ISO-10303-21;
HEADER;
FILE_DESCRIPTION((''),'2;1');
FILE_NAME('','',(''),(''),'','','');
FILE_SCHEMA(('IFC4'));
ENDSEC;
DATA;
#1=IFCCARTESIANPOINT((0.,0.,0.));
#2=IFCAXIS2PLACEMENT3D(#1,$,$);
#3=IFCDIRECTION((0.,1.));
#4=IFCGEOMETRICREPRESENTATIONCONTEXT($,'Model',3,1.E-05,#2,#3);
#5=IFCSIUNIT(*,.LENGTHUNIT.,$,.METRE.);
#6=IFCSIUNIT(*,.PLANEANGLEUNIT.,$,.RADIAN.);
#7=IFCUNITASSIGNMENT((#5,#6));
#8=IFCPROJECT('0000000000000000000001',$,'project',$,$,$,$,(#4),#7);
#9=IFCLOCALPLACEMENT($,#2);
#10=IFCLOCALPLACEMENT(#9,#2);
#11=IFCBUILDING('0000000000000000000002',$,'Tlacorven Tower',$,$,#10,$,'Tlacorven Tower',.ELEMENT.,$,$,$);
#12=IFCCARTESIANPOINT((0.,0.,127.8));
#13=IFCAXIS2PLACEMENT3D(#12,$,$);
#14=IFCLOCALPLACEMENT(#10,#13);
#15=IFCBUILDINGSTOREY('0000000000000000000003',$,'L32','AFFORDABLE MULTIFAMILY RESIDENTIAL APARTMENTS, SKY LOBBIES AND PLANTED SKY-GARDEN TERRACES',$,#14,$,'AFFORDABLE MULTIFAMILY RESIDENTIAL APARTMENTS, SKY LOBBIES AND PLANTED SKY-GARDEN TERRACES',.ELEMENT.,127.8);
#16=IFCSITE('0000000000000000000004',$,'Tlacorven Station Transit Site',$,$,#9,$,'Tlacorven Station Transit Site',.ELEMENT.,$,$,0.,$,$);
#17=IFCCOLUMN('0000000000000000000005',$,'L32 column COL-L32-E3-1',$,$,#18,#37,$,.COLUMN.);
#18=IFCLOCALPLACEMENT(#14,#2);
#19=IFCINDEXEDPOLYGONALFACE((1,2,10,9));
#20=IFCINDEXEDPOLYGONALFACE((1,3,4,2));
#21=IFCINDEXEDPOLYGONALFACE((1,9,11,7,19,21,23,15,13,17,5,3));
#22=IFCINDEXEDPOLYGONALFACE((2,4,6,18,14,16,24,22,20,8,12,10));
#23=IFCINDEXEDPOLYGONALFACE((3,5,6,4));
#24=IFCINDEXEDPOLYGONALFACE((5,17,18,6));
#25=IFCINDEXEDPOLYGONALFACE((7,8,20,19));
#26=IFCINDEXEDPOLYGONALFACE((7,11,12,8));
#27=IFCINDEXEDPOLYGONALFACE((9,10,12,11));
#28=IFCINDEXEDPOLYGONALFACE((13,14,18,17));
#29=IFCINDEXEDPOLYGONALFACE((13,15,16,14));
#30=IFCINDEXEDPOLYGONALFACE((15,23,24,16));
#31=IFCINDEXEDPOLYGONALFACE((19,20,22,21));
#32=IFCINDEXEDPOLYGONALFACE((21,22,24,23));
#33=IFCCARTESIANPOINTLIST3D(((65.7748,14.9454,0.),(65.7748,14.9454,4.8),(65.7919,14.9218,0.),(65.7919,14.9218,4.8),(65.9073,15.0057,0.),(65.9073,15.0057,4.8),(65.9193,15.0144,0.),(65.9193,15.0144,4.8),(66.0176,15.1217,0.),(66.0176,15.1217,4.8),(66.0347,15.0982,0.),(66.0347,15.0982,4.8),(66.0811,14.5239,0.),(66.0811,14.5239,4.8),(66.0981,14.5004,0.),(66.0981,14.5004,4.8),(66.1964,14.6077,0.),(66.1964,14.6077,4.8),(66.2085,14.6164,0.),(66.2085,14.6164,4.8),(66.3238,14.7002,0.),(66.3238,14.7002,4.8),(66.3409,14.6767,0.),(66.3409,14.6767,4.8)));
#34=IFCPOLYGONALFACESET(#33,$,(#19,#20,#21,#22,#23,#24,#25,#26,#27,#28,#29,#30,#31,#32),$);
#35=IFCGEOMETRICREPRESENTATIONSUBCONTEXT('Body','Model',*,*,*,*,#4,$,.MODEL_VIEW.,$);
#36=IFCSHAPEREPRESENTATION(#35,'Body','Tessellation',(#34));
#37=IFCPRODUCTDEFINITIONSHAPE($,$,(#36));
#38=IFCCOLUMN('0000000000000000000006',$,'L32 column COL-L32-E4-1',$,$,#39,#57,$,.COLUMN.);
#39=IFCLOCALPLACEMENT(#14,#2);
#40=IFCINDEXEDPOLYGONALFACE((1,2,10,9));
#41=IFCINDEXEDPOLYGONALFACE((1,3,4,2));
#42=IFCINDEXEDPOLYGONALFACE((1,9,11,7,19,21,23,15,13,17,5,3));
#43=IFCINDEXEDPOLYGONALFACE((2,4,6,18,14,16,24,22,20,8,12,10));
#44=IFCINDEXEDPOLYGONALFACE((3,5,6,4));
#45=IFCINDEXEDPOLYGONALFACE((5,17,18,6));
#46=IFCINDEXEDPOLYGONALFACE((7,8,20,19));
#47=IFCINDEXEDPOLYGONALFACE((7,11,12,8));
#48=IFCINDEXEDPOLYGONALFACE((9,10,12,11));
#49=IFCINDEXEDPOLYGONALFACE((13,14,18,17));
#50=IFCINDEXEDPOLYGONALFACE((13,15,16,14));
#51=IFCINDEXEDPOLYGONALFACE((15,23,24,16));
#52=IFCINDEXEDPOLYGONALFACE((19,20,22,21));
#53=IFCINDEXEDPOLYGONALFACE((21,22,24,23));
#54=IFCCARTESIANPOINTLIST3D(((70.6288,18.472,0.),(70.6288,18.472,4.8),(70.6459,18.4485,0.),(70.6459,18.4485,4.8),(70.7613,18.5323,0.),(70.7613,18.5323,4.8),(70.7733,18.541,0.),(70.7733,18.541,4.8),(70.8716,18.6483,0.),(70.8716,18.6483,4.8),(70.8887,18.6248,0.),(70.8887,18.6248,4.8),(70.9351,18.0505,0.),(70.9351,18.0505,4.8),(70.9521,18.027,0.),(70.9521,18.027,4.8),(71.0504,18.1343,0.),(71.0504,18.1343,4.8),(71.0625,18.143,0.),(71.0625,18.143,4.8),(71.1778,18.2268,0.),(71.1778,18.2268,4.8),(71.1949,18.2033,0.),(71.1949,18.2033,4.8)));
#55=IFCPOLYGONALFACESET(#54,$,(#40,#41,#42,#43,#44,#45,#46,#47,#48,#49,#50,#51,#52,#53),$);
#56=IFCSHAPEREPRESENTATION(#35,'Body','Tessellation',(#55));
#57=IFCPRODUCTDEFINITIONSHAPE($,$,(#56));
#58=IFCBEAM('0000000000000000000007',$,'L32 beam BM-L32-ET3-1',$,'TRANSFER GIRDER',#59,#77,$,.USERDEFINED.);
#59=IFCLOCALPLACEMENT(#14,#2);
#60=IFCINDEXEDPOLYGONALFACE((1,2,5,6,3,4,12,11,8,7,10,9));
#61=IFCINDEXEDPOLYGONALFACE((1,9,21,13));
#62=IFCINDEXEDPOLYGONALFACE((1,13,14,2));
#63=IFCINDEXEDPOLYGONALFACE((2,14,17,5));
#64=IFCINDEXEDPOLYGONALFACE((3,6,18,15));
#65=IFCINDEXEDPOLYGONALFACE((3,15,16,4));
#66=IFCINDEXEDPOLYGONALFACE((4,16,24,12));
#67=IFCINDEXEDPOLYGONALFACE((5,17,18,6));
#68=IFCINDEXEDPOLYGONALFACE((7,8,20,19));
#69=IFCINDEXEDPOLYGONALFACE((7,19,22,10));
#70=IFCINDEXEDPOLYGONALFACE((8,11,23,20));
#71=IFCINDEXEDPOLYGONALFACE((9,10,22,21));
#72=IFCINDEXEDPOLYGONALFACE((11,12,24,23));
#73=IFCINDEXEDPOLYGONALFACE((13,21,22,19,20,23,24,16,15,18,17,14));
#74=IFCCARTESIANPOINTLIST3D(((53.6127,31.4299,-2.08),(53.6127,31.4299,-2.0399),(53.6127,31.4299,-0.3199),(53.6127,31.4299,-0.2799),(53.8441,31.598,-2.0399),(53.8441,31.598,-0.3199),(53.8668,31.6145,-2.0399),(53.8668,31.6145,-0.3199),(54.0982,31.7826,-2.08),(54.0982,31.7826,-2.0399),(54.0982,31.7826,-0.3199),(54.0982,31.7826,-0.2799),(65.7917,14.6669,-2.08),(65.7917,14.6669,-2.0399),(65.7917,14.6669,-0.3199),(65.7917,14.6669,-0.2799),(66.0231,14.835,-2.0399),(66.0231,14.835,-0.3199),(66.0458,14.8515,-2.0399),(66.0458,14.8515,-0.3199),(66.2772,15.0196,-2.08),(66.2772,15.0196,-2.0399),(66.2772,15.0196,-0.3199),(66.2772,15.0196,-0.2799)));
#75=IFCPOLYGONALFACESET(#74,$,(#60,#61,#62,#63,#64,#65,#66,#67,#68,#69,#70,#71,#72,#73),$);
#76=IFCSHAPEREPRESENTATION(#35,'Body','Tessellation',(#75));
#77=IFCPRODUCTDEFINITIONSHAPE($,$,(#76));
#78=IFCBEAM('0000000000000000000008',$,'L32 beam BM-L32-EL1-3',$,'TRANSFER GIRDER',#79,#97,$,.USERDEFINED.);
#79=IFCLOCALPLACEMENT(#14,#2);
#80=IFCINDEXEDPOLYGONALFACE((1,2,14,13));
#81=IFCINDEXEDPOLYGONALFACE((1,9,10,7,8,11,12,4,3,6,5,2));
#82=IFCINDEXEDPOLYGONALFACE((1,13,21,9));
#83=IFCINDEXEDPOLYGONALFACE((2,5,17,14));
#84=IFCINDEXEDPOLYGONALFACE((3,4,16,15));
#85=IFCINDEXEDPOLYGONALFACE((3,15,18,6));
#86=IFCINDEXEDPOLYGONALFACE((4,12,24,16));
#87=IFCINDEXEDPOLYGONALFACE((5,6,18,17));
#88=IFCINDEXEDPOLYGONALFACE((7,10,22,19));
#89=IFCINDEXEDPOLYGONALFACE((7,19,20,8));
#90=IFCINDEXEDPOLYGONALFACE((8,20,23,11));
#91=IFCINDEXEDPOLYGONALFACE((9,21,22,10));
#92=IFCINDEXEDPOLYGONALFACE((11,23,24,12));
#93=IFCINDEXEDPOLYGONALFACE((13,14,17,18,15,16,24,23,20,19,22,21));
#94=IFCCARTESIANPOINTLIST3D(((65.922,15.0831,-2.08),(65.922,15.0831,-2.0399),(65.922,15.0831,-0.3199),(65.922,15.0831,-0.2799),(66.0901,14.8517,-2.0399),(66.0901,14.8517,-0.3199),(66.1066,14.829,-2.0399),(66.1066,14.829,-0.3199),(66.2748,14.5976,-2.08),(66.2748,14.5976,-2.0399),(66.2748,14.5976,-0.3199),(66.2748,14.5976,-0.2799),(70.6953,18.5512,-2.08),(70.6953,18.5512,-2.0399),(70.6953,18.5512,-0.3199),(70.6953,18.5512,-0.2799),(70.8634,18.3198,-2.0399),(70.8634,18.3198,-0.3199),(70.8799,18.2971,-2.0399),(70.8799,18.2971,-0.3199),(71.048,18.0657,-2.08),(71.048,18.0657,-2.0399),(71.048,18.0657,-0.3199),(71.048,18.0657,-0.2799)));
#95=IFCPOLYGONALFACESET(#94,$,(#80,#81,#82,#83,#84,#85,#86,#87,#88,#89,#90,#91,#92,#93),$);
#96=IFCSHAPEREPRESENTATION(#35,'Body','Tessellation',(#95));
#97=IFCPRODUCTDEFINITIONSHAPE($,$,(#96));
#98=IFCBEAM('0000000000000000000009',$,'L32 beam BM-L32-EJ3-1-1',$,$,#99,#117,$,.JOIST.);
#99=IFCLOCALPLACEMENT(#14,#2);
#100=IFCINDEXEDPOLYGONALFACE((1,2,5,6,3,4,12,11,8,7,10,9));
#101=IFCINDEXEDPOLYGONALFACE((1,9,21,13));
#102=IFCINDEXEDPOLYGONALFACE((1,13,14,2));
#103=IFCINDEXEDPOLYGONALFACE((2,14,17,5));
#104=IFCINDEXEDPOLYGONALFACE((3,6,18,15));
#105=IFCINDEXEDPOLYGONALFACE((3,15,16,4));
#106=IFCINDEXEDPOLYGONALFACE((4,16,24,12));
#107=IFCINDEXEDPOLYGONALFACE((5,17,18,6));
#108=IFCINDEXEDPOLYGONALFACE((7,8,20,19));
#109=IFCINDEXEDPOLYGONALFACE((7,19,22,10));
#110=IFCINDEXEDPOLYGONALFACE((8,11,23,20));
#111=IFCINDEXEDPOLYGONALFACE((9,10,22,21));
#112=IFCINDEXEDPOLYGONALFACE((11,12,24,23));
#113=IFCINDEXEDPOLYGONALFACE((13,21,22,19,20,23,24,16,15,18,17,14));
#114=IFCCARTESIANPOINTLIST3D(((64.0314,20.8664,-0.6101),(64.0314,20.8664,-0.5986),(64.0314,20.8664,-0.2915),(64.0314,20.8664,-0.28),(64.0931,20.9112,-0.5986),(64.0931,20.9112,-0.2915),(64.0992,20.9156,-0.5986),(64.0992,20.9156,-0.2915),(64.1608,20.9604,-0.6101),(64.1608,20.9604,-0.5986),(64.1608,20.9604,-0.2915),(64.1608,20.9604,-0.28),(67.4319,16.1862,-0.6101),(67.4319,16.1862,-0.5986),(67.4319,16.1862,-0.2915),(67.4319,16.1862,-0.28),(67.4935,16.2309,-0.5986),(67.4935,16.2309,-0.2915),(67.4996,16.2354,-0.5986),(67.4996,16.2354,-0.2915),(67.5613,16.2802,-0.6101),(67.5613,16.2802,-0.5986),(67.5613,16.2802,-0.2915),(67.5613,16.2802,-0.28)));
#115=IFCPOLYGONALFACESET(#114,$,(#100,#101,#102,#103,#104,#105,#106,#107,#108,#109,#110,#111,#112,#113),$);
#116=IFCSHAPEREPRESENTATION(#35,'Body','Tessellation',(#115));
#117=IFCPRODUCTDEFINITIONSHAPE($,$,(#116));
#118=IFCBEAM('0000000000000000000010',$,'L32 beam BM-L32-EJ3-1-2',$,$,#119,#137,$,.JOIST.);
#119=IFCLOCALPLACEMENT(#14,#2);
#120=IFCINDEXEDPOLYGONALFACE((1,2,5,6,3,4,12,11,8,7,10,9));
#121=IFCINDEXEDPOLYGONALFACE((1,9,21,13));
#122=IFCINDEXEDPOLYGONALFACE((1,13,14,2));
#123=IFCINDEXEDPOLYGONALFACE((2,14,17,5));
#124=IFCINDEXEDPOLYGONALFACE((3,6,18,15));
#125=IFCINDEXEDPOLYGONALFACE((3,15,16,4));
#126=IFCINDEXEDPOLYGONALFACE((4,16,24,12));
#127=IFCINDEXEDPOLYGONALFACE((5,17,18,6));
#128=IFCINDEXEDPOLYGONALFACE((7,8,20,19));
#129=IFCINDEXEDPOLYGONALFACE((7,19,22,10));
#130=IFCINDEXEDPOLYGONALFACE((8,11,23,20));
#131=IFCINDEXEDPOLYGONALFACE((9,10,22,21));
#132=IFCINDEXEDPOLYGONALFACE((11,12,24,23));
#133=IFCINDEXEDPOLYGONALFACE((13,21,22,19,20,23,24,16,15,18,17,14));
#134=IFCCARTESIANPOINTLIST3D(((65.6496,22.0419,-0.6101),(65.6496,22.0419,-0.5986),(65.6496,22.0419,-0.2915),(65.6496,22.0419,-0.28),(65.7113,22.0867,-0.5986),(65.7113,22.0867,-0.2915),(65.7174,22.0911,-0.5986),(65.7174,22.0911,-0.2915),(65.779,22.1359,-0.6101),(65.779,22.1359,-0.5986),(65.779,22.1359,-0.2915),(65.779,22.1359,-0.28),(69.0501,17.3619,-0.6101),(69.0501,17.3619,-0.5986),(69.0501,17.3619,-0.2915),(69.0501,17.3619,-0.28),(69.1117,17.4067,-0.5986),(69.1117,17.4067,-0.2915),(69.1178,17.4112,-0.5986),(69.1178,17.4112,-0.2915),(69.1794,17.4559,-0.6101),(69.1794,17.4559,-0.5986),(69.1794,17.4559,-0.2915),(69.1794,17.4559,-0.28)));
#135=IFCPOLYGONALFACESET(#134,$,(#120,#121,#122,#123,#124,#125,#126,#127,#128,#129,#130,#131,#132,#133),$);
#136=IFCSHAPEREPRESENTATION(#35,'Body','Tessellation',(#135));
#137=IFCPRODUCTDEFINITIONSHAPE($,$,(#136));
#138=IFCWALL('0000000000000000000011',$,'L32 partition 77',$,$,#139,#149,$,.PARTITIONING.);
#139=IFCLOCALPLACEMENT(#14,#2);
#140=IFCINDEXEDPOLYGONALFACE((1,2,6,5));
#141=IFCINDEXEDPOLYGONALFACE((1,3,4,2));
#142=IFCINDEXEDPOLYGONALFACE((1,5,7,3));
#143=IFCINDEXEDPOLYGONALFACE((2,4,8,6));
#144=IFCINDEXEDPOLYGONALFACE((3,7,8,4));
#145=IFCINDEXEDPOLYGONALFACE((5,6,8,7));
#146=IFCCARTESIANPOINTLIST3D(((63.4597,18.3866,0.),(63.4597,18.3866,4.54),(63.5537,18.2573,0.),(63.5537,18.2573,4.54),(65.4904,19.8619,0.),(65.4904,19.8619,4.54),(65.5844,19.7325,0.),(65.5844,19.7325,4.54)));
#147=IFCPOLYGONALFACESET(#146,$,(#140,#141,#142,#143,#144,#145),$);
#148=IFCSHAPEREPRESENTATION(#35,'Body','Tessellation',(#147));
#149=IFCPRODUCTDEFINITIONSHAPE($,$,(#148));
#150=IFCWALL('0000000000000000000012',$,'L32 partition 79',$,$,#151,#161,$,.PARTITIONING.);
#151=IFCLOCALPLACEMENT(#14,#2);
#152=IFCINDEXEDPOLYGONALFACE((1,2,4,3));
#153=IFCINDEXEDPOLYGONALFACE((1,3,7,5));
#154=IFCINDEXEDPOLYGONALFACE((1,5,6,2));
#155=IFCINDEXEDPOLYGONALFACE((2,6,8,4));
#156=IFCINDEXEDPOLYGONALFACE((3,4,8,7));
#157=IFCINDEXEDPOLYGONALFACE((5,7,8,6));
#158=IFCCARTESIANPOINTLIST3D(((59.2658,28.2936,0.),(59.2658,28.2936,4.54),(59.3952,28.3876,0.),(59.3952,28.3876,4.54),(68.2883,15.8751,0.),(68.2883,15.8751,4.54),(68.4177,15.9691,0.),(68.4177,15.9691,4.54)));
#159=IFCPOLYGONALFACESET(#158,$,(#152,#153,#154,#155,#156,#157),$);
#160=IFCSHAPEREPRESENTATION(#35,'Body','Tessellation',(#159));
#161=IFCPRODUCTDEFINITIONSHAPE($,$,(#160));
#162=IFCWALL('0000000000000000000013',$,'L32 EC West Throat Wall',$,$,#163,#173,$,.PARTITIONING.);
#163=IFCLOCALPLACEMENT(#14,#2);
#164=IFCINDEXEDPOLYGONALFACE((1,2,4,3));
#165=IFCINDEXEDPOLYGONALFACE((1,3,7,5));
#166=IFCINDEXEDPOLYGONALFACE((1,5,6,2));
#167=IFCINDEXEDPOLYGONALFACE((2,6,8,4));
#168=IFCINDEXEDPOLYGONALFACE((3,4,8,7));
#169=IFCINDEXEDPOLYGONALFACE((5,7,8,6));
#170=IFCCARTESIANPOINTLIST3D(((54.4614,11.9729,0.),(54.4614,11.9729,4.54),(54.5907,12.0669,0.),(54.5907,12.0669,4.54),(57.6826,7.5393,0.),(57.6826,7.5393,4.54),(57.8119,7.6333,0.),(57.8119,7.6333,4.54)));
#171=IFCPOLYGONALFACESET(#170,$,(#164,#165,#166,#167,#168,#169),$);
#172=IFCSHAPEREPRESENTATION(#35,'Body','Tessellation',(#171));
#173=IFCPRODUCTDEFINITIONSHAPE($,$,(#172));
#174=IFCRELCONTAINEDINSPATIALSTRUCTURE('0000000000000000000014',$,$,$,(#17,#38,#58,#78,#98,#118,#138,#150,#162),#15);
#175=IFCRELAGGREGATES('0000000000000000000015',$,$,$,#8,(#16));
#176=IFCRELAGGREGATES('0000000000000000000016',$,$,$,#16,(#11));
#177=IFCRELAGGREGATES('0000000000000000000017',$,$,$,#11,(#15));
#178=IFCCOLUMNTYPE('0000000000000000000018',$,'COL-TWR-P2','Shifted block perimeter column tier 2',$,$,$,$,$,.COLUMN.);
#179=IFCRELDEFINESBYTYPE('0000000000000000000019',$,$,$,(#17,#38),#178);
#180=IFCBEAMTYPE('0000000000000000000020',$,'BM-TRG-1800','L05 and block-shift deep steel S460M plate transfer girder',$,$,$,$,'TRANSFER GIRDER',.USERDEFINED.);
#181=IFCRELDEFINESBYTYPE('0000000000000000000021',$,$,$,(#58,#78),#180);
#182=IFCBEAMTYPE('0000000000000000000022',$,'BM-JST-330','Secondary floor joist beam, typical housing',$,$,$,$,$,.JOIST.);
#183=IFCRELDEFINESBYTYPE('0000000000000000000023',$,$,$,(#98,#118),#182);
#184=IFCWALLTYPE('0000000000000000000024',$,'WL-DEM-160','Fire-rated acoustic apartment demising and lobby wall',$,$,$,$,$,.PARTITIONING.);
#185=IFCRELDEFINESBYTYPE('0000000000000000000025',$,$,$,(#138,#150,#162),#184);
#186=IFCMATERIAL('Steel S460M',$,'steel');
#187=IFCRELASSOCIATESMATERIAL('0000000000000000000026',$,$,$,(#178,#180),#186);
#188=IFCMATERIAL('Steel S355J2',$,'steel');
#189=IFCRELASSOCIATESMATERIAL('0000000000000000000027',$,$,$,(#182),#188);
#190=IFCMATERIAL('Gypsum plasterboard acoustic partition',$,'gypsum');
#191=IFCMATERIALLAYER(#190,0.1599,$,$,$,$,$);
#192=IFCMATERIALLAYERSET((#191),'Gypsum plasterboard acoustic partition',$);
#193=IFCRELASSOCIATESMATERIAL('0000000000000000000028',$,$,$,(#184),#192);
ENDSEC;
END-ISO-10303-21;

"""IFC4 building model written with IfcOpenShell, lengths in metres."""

from ifc_helpers import new_model, si_unit, direction, frame, frame_2d, origin, origin_2d, place, context, subcontext, project, spatial, rectangle, i_section, extrude, source, transform, mapped, material, layer, layer_set, material_profile, profile_set, type_object, element, save


model = new_model("IFC4")

# Units and contexts
model_context = context("Model", 3, precision=1e-05, world=origin(), true_north=direction((0.0, 1.0)))
body_context = subcontext(model_context, "Body", "Model", "MODEL_VIEW")
ifc_project = project(units=[si_unit("LENGTHUNIT", "METRE"), si_unit("PLANEANGLEUNIT", "RADIAN")], contexts=[model_context])

# Site, building, storey
site_placement = place(None, origin())
site = spatial("IfcSite", under=ifc_project, at=site_placement, Name="Tlacorven Station Transit Site", LongName="Tlacorven Station Transit Site", CompositionType="ELEMENT", RefElevation=0.0)
building_placement = place(site_placement, origin())
building = spatial("IfcBuilding", under=site, at=building_placement, Name="Tlacorven Tower", LongName="Tlacorven Tower", CompositionType="ELEMENT")
storey_placement = place(building_placement, frame((0.0, 0.0, 127.8)))
storey = spatial("IfcBuildingStorey", under=building, at=storey_placement, Name="L32", Description="AFFORDABLE MULTIFAMILY RESIDENTIAL APARTMENTS, SKY LOBBIES AND PLANTED SKY-GARDEN TERRACES", LongName="AFFORDABLE MULTIFAMILY RESIDENTIAL APARTMENTS, SKY LOBBIES AND PLANTED SKY-GARDEN TERRACES", CompositionType="ELEMENT", Elevation=127.8)

# Columns
ifc_material_1 = material(Name="Steel S460M", Category="steel")
ifc_material_profile_1 = material_profile(ifc_material_1, i_section(OverallWidth=0.3, OverallDepth=0.55, WebThickness=0.0149, FlangeThickness=0.0291, at=origin_2d()), Name="HEB 550")
ifc_profile_set_1 = profile_set([ifc_material_profile_1], Name="Steel S460M")
column_type = type_object("IfcColumnType", Name="COL-TWR-P2", Description="Shifted block perimeter column tier 2", PredefinedType="COLUMN", material=ifc_profile_set_1)
shared_shape_1 = source(origin(), body_context, "Body", "SweptSolid", [
    extrude(i_section(OverallWidth=0.3, OverallDepth=0.55, WebThickness=0.0149, FlangeThickness=0.0291, at=origin_2d()), origin(), (0.0, 0.0, 1.0), 4.8),
])
for number, where, z_axis, x_axis, name in (
    (1, (66.0579, 14.811, 0.0), (0.0, 0.0, 1.0), (0.809017, 0.587785, 0.0), "L32 column COL-L32-E3-1"),
    (2, (70.9119, 18.3376, 0.0), (0.0, 0.0, 1.0), (0.809017, 0.587785, 0.0), "L32 column COL-L32-E4-1"),
):
    element("IfcColumn", number, at=place(storey_placement, frame(where, z_axis=z_axis, x_axis=x_axis)), inside=storey, type_object=column_type, Name=name, PredefinedType="COLUMN", context=body_context, shape_type="MappedRepresentation", body=[
        mapped(shared_shape_1, transform((0.0, 0.0, 0.0), scale=1.0)),
    ])

# Beams
ifc_material_profile_2 = material_profile(ifc_material_1, i_section(OverallWidth=0.6001, OverallDepth=1.8, WebThickness=0.0281, FlangeThickness=0.04, at=origin_2d()), Name="PG 1800X600X28X40")
ifc_profile_set_2 = profile_set([ifc_material_profile_2], Name="Steel S460M")
beam_type_1 = type_object("IfcBeamType", Name="BM-TRG-1800", Description="L05 and block-shift deep steel S460M plate transfer girder", ElementType="TRANSFER GIRDER", PredefinedType="USERDEFINED", material=ifc_profile_set_2)
shared_shape_2 = source(origin(), body_context, "Body", "SweptSolid", [
    extrude(i_section(OverallWidth=0.6001, OverallDepth=1.8, WebThickness=0.0281, FlangeThickness=0.04, at=origin_2d()), origin(), (0.0, 0.0, 1.0), 20.7202),
])
beam_1_placement = place(storey_placement, frame((66.0344, 14.8433, -1.1799), z_axis=(-0.587784, 0.809018, 0.0), x_axis=(-0.809018, -0.587784, 0.0)))
element("IfcBeam", 3, at=beam_1_placement, inside=storey, type_object=beam_type_1, Name="L32 beam BM-L32-ET3-1", ObjectType="TRANSFER GIRDER", PredefinedType="USERDEFINED", context=body_context, shape_type="MappedRepresentation", body=[
    mapped(shared_shape_2, transform((0.0, 0.0, 0.0), scale=1.0)),
])
shared_shape_3 = source(origin(), body_context, "Body", "SweptSolid", [
    extrude(i_section(OverallWidth=0.6001, OverallDepth=1.8, WebThickness=0.0281, FlangeThickness=0.04, at=origin_2d()), origin(), (0.0, 0.0, 1.0), 5.9001),
])
beam_2_placement = place(storey_placement, frame((66.0984, 14.8403, -1.1799), z_axis=(0.80901, 0.587795, 0.0), x_axis=(-0.587795, 0.80901, 0.0)))
element("IfcBeam", 4, at=beam_2_placement, inside=storey, type_object=beam_type_1, Name="L32 beam BM-L32-EL1-3", ObjectType="TRANSFER GIRDER", PredefinedType="USERDEFINED", context=body_context, shape_type="MappedRepresentation", body=[
    mapped(shared_shape_3, transform((0.0, 0.0, 0.0), scale=1.0)),
])
ifc_material_2 = material(Name="Steel S355J2", Category="steel")
ifc_material_profile_3 = material_profile(ifc_material_2, i_section(OverallWidth=0.1599, OverallDepth=0.3301, WebThickness=0.0076, FlangeThickness=0.0115, at=origin_2d()), Name="IPE 330")
ifc_profile_set_3 = profile_set([ifc_material_profile_3], Name="Steel S355J2")
beam_type_2 = type_object("IfcBeamType", Name="BM-JST-330", Description="Secondary floor joist beam, typical housing", PredefinedType="JOIST", material=ifc_profile_set_3)
shared_shape_4 = source(origin(), body_context, "Body", "SweptSolid", [
    extrude(i_section(OverallWidth=0.1599, OverallDepth=0.3301, WebThickness=0.0076, FlangeThickness=0.0115, at=origin_2d()), origin(), (0.0, 0.0, 1.0), 5.7852),
])
beam_3_placement = place(storey_placement, frame((67.4966, 16.2332, -0.4451), z_axis=(-0.58779, 0.809013, 0.0), x_axis=(-0.809013, -0.58779, 0.0)))
element("IfcBeam", 5, at=beam_3_placement, inside=storey, type_object=beam_type_2, Name="L32 beam BM-L32-EJ3-1-1", PredefinedType="JOIST", context=body_context, shape_type="MappedRepresentation", body=[
    mapped(shared_shape_4, transform((0.0, 0.0, 0.0), scale=1.0)),
])
shared_shape_5 = source(origin(), body_context, "Body", "SweptSolid", [
    extrude(i_section(OverallWidth=0.1599, OverallDepth=0.3301, WebThickness=0.0076, FlangeThickness=0.0115, at=origin_2d()), origin(), (0.0, 0.0, 1.0), 5.7849),
])
beam_4_placement = place(storey_placement, frame((69.1147, 17.4089, -0.4451), z_axis=(-0.58781, 0.808999, 0.0), x_axis=(-0.808999, -0.58781, 0.0)))
element("IfcBeam", 6, at=beam_4_placement, inside=storey, type_object=beam_type_2, Name="L32 beam BM-L32-EJ3-1-2", PredefinedType="JOIST", context=body_context, shape_type="MappedRepresentation", body=[
    mapped(shared_shape_5, transform((0.0, 0.0, 0.0), scale=1.0)),
])

# Walls
ifc_material_3 = material(Name="Gypsum plasterboard acoustic partition", Category="gypsum")
ifc_layer_1 = layer(ifc_material_3, 0.1599)
ifc_layer_set_1 = layer_set([ifc_layer_1], Name="Gypsum plasterboard acoustic partition")
wall_type_1 = type_object("IfcWallType", Name="WL-DEM-160", Description="Fire-rated acoustic apartment demising and lobby wall", PredefinedType="PARTITIONING", material=ifc_layer_set_1)
wall_1_placement = place(storey_placement, frame((63.5068, 18.322, 0.0), z_axis=(0.0, 0.0, 1.0), x_axis=(0.809035, 0.587761, 0.0)))
element("IfcWall", 7, at=wall_1_placement, inside=storey, type_object=wall_type_1, Name="L32 partition 77", PredefinedType="PARTITIONING", context=body_context, shape_type="SweptSolid", body=[
    extrude(rectangle(XDim=2.51, YDim=0.1599, at=frame_2d((1.2549, 0.0))), origin(), (0.0, 0.0, 1.0), 4.54),
])
wall_2_placement = place(storey_placement, frame((68.353, 15.9221, 0.0), z_axis=(0.0, 0.0, 1.0), x_axis=(-0.587782, 0.809019, 0.0)))
element("IfcWall", 8, at=wall_2_placement, inside=storey, type_object=wall_type_1, Name="L32 partition 79", PredefinedType="PARTITIONING", context=body_context, shape_type="SweptSolid", body=[
    extrude(rectangle(XDim=15.3501, YDim=0.1599, at=frame_2d((7.675, 0.0))), origin(), (0.0, 0.0, 1.0), 4.54),
])
wall_3_placement = place(storey_placement, frame((57.7473, 7.5862, 0.0), z_axis=(0.0, 0.0, 1.0), x_axis=(-0.587785, 0.809017, 0.0)))
element("IfcWall", 9, at=wall_3_placement, inside=storey, type_object=wall_type_1, Name="L32 EC West Throat Wall", PredefinedType="PARTITIONING", context=body_context, shape_type="SweptSolid", body=[
    extrude(rectangle(XDim=5.4802, YDim=0.1599, at=frame_2d((2.7402, 0.0))), origin(), (0.0, 0.0, 1.0), 4.54),
])

save(model, "model.ifc")
